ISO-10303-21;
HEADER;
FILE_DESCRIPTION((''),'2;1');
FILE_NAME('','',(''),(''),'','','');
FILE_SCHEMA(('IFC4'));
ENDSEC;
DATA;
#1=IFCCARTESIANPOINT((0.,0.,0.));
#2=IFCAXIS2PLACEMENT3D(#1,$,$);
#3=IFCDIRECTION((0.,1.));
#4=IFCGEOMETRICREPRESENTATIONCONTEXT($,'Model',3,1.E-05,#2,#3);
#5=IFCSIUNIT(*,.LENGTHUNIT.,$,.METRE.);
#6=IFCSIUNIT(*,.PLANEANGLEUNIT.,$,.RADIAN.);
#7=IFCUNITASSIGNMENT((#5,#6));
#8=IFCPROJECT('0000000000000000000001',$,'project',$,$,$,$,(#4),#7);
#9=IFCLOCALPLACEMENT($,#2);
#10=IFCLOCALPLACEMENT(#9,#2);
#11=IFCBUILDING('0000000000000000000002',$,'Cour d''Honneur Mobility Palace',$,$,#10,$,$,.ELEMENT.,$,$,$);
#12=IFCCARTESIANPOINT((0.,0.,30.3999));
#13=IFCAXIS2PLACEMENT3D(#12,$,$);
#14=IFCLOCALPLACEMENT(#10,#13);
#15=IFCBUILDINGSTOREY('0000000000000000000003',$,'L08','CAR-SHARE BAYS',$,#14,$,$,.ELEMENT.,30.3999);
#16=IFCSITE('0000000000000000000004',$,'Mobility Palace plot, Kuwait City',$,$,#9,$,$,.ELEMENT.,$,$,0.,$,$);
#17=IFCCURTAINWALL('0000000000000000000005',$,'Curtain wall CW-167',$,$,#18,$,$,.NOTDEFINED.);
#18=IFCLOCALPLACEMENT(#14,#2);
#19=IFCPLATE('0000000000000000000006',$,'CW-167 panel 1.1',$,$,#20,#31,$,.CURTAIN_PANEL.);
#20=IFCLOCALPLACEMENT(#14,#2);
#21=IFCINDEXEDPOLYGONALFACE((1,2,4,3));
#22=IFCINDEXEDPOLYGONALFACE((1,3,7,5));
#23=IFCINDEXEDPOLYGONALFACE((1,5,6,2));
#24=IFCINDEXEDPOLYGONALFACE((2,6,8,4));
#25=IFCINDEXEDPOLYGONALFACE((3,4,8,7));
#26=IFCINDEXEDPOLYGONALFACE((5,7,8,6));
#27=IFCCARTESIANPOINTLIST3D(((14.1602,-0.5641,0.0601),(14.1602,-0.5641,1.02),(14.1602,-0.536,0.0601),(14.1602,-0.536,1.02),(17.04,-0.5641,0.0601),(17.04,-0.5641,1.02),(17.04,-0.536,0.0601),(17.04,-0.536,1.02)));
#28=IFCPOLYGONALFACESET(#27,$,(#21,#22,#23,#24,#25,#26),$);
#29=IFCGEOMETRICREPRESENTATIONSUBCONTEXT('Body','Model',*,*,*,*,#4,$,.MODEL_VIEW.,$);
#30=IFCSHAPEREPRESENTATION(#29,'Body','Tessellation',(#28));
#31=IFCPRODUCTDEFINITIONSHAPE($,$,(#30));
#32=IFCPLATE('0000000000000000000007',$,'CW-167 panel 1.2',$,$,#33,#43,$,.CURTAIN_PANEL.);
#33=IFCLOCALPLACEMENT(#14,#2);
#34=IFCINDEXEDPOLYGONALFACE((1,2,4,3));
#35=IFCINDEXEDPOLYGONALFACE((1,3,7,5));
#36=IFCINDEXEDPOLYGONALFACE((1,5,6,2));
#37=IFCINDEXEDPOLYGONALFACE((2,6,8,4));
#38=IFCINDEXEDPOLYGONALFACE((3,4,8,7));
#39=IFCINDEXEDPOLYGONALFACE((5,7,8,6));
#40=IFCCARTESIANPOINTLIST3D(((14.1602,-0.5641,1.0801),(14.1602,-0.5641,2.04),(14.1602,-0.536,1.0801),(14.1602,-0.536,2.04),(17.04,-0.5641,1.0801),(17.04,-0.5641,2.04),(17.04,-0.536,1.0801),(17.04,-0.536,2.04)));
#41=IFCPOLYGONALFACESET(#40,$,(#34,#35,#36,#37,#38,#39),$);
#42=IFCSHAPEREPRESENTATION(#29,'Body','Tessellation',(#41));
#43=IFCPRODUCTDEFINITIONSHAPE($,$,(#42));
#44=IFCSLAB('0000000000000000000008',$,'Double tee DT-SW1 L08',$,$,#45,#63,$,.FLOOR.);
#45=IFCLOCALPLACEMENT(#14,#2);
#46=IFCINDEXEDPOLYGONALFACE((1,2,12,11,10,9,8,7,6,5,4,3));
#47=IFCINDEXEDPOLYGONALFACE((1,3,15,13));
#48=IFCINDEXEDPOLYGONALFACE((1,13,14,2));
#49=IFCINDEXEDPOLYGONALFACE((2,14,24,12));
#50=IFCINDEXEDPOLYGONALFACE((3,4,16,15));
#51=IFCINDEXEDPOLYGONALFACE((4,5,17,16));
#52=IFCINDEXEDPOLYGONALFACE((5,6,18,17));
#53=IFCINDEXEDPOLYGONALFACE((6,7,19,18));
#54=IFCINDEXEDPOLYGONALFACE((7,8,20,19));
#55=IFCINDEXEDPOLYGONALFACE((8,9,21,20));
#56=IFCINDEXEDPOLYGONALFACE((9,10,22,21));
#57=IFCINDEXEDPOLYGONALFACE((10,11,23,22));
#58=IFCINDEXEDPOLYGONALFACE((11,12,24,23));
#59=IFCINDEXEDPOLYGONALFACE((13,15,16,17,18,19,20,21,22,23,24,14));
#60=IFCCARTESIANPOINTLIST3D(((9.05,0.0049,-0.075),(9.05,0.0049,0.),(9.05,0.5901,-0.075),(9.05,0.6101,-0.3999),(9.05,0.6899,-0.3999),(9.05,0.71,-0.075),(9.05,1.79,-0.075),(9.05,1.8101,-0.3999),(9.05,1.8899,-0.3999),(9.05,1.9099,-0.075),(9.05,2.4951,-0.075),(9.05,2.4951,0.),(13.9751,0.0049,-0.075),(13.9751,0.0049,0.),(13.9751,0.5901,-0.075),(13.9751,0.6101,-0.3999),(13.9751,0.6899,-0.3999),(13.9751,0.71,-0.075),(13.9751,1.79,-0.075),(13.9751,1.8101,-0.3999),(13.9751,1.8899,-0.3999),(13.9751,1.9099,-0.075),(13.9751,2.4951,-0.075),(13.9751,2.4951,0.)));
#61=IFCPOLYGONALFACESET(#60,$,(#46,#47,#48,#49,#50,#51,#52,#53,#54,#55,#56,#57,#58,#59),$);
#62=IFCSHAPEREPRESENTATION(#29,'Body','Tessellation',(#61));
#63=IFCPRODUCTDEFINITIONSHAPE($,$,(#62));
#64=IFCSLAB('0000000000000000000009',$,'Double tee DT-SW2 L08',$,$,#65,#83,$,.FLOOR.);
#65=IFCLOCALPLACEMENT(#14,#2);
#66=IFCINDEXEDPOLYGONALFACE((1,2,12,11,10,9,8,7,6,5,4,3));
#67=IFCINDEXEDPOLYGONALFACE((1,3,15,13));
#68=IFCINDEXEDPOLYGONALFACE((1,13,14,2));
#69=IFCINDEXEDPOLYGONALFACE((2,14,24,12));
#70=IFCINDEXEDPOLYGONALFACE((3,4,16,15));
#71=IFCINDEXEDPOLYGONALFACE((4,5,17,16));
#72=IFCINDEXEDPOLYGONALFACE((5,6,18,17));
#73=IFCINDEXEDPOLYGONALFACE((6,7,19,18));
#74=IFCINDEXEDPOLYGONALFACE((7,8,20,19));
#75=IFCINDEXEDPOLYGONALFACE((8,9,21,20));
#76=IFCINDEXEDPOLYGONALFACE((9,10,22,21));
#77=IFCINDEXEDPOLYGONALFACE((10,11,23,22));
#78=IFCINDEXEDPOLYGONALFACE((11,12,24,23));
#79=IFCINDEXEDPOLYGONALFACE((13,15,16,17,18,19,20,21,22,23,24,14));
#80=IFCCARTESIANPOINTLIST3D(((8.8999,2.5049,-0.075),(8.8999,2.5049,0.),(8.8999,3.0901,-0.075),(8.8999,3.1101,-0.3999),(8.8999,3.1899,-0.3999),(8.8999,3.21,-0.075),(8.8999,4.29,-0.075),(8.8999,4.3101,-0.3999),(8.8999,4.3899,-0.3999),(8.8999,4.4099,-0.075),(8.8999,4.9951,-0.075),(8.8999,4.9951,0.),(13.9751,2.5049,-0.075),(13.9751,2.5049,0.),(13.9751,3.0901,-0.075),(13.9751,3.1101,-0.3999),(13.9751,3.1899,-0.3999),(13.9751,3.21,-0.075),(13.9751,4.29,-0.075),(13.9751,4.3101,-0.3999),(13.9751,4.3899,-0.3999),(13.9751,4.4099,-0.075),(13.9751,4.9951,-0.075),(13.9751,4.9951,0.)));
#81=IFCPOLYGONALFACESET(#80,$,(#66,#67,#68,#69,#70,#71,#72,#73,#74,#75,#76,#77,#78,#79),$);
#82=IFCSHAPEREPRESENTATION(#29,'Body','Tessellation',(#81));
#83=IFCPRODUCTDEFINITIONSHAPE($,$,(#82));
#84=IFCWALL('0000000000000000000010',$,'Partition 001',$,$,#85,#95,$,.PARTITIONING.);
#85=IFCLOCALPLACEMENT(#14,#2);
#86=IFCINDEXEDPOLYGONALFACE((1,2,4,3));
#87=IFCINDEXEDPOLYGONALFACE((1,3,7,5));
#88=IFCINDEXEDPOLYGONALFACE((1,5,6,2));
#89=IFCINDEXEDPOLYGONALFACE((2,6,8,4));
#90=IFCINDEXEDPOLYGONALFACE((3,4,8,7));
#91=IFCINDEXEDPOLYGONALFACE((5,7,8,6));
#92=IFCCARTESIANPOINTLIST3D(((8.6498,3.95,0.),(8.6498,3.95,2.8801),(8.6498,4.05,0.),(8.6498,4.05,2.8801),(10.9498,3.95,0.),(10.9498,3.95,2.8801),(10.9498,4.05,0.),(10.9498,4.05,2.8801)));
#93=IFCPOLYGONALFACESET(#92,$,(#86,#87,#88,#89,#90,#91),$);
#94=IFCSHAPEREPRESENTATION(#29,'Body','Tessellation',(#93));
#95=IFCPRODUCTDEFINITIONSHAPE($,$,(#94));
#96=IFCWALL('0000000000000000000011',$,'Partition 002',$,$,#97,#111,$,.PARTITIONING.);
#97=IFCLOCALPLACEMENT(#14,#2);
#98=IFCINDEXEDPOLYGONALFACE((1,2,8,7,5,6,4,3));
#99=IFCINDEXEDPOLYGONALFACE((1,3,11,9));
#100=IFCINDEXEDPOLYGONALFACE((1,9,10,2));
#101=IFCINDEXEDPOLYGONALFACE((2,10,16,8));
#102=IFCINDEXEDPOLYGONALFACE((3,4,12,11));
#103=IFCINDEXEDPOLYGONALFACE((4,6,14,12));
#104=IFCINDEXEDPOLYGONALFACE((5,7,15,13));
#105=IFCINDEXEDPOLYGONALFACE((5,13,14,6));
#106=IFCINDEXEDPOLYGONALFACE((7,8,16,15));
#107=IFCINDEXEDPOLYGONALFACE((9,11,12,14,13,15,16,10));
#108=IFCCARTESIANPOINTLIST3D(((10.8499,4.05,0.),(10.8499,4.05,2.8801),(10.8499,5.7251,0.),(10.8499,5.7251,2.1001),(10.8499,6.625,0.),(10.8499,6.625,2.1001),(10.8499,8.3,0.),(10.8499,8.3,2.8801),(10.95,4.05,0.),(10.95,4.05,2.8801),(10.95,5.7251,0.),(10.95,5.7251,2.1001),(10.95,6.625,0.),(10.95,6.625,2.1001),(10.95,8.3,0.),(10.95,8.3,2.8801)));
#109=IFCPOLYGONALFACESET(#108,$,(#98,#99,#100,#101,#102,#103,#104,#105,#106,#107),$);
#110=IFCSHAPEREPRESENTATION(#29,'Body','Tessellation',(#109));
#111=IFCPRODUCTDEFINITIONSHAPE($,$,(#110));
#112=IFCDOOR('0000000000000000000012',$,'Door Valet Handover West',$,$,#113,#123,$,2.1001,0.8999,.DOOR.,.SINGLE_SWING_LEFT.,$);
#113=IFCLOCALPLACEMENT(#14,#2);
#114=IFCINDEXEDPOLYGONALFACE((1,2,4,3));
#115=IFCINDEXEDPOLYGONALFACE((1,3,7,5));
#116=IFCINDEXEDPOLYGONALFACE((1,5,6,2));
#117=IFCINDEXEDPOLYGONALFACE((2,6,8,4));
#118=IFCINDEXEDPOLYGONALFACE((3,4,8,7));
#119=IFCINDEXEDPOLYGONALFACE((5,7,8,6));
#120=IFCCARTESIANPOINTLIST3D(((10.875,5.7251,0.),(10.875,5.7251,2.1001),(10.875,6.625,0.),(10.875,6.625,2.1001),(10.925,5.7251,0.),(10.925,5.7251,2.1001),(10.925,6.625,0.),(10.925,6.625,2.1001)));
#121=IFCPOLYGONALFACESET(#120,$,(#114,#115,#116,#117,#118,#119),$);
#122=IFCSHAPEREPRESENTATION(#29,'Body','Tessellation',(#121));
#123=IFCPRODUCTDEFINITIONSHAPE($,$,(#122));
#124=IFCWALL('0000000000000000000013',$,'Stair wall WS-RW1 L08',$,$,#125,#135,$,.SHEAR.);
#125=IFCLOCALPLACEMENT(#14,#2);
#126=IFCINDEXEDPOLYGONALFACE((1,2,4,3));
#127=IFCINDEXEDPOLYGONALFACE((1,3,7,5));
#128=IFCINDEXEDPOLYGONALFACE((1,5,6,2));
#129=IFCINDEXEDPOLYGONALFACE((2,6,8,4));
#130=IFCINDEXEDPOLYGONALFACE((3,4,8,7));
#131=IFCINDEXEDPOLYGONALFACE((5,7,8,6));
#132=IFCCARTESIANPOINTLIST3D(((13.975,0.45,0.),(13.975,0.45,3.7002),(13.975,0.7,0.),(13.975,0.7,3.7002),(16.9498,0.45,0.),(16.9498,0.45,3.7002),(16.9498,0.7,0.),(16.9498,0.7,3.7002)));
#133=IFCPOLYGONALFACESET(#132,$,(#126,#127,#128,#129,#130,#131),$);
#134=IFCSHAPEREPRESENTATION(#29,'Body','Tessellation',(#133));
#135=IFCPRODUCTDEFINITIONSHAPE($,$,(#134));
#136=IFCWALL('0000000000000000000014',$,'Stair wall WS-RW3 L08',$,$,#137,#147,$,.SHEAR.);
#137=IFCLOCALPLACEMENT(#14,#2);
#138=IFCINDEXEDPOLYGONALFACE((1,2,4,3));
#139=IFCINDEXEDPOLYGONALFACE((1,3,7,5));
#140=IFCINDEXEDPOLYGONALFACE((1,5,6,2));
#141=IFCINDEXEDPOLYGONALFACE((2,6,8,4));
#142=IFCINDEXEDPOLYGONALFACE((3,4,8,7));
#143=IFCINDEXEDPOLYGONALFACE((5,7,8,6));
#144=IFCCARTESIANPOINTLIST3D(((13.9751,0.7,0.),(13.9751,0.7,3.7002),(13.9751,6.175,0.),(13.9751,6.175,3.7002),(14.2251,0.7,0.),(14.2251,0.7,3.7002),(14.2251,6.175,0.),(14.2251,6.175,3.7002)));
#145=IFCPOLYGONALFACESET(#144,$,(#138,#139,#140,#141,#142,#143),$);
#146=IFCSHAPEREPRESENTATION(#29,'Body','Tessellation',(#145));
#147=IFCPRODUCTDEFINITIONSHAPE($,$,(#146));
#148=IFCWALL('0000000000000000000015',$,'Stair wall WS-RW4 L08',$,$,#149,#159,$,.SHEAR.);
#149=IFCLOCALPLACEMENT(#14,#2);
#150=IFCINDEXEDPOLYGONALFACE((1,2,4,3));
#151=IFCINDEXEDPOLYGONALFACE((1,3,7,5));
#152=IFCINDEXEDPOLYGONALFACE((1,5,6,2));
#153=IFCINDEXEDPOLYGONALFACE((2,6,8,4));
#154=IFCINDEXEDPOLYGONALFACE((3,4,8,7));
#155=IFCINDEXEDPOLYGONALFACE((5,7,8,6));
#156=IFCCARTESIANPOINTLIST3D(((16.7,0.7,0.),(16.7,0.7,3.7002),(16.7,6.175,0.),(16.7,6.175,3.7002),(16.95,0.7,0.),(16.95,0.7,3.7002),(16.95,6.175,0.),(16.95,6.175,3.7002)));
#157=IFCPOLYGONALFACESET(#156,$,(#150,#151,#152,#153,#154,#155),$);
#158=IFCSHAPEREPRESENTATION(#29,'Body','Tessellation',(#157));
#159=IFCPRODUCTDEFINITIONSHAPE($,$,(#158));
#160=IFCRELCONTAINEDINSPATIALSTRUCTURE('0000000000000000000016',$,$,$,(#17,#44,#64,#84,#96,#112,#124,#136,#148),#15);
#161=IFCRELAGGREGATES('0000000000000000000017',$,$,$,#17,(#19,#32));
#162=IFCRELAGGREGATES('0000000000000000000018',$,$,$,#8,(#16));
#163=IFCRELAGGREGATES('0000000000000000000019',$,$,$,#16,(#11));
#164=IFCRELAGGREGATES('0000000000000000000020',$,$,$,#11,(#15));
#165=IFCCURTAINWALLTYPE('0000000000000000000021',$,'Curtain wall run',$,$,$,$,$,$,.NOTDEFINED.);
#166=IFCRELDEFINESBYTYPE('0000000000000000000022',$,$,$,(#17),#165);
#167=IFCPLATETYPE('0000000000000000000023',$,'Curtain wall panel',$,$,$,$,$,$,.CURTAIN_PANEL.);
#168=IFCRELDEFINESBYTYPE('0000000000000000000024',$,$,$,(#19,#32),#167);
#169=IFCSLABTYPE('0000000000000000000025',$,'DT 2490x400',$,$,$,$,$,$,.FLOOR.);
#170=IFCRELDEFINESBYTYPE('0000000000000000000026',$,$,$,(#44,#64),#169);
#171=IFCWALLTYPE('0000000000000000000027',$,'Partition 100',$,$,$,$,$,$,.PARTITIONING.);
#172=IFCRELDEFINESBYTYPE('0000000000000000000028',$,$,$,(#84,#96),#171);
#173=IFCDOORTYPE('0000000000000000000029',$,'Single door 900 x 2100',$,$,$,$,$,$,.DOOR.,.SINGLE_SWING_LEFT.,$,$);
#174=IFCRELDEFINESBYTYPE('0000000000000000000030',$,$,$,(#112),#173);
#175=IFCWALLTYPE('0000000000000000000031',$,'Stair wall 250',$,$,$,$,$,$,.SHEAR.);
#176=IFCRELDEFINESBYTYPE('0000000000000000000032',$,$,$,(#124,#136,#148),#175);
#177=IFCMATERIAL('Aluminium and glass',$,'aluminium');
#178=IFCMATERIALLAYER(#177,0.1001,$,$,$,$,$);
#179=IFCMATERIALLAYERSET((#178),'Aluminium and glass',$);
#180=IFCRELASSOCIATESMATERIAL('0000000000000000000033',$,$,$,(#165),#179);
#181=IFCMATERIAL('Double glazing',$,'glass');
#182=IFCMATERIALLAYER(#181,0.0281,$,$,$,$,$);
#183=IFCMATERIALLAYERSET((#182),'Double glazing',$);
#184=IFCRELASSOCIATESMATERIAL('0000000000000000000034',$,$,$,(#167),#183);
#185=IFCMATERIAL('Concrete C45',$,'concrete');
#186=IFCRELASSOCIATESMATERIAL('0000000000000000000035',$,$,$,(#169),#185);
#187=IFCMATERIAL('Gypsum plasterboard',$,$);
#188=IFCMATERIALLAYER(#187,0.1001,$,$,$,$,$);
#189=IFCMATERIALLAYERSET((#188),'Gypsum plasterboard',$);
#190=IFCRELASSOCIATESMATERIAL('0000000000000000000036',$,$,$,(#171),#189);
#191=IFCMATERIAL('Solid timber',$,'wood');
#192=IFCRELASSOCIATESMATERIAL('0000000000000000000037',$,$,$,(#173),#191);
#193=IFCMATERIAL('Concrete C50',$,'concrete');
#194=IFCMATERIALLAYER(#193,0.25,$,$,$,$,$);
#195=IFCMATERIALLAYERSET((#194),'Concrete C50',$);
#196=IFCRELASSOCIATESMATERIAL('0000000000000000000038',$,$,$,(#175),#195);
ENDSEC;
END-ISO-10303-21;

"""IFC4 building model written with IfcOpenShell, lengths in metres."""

from ifc_helpers import new_model, si_unit, direction, frame, frame_2d, origin, origin_2d, place, context, subcontext, project, spatial, polyline, rectangle, outline, extrude, material, layer, layer_set, material_profile, profile_set, type_object, element, fill, aggregate, save


model = new_model("IFC4")

# Units and contexts
model_context = context("Model", 3, precision=1e-05, world=origin(), true_north=direction((0.0, 1.0)))
body_context = subcontext(model_context, "Body", "Model", "MODEL_VIEW")
ifc_project = project(units=[si_unit("LENGTHUNIT", "METRE"), si_unit("PLANEANGLEUNIT", "RADIAN")], contexts=[model_context])

# Site, building, storey
site_placement = place(None, origin())
site = spatial("IfcSite", under=ifc_project, at=site_placement, Name="Mobility Palace plot, Kuwait City", CompositionType="ELEMENT", RefElevation=0.0)
building_placement = place(site_placement, origin())
building = spatial("IfcBuilding", under=site, at=building_placement, Name="Cour d'Honneur Mobility Palace", CompositionType="ELEMENT")
storey_placement = place(building_placement, frame((0.0, 0.0, 30.3999)))
storey = spatial("IfcBuildingStorey", under=building, at=storey_placement, Name="L08", Description="CAR-SHARE BAYS", CompositionType="ELEMENT", Elevation=30.3999)

# Curtain wall
ifc_material_1 = material(Name="Aluminium and glass", Category="aluminium")
ifc_layer_1 = layer(ifc_material_1, 0.1001)
ifc_layer_set_1 = layer_set([ifc_layer_1], Name="Aluminium and glass")
curtain_wall_type = type_object("IfcCurtainWallType", Name="Curtain wall run", PredefinedType="NOTDEFINED", material=ifc_layer_set_1)
curtain_wall_placement = place(storey_placement, origin())
curtain_wall = element("IfcCurtainWall", 1, at=curtain_wall_placement, inside=storey, type_object=curtain_wall_type, Name="Curtain wall CW-167", PredefinedType="NOTDEFINED")

# Plates
ifc_material_2 = material(Name="Double glazing", Category="glass")
ifc_layer_2 = layer(ifc_material_2, 0.0281)
ifc_layer_set_2 = layer_set([ifc_layer_2], Name="Double glazing")
plate_type = type_object("IfcPlateType", Name="Curtain wall panel", PredefinedType="CURTAIN_PANEL", material=ifc_layer_set_2)
plate_1_placement = place(storey_placement, frame((15.6001, -0.55, 0.0601), z_axis=(0.0, 0.0, 1.0), x_axis=(1.0, 0.0, 0.0)))
plate_1 = element("IfcPlate", 2, at=plate_1_placement, type_object=plate_type, Name="CW-167 panel 1.1", PredefinedType="CURTAIN_PANEL", context=body_context, shape_type="SweptSolid", body=[
    extrude(rectangle(XDim=2.8799, YDim=0.0281, at=origin_2d()), origin(), (0.0, 0.0, 1.0), 0.96),
])
plate_2_placement = place(storey_placement, frame((15.6001, -0.55, 1.0801), z_axis=(0.0, 0.0, 1.0), x_axis=(1.0, 0.0, 0.0)))
plate_2 = element("IfcPlate", 3, at=plate_2_placement, type_object=plate_type, Name="CW-167 panel 1.2", PredefinedType="CURTAIN_PANEL", context=body_context, shape_type="SweptSolid", body=[
    extrude(rectangle(XDim=2.8799, YDim=0.0281, at=origin_2d()), origin(), (0.0, 0.0, 1.0), 0.96),
])
aggregate(curtain_wall, [plate_1, plate_2])

# Slabs
ifc_material_3 = material(Name="Concrete C45", Category="concrete")
ifc_material_profile_1 = material_profile(ifc_material_3, outline(polyline([(-1.2451, 0.0), (1.2451, 0.0), (1.2451, -0.075), (0.6599, -0.075), (0.6399, -0.3999), (0.5601, -0.3999), (0.54, -0.075), (-0.54, -0.075), (-0.5601, -0.3999), (-0.6399, -0.3999), (-0.6599, -0.075), (-1.2451, -0.075), (-1.2451, 0.0)])), Name="DT 2490x400")
ifc_profile_set_1 = profile_set([ifc_material_profile_1], Name="Concrete C45")
slab_type = type_object("IfcSlabType", Name="DT 2490x400", PredefinedType="FLOOR", material=ifc_profile_set_1)
slab_1_placement = place(storey_placement, frame((9.05, 1.25, 0.0), z_axis=(1.0, 0.0, 0.0), x_axis=(0.0, 1.0, 0.0)))
element("IfcSlab", 4, at=slab_1_placement, inside=storey, type_object=slab_type, Name="Double tee DT-SW1 L08", PredefinedType="FLOOR", context=body_context, shape_type="SweptSolid", body=[
    extrude(outline(polyline([(-1.2451, 0.0), (1.2451, 0.0), (1.2451, -0.075), (0.6599, -0.075), (0.6399, -0.3999), (0.5601, -0.3999), (0.54, -0.075), (-0.54, -0.075), (-0.5601, -0.3999), (-0.6399, -0.3999), (-0.6599, -0.075), (-1.2451, -0.075), (-1.2451, 0.0)])), origin(), (0.0, 0.0, 1.0), 4.925),
])
slab_2_placement = place(storey_placement, frame((8.8999, 3.75, 0.0), z_axis=(1.0, 0.0, 0.0), x_axis=(0.0, 1.0, 0.0)))
element("IfcSlab", 5, at=slab_2_placement, inside=storey, type_object=slab_type, Name="Double tee DT-SW2 L08", PredefinedType="FLOOR", context=body_context, shape_type="SweptSolid", body=[
    extrude(outline(polyline([(-1.2451, 0.0), (1.2451, 0.0), (1.2451, -0.075), (0.6599, -0.075), (0.6399, -0.3999), (0.5601, -0.3999), (0.54, -0.075), (-0.54, -0.075), (-0.5601, -0.3999), (-0.6399, -0.3999), (-0.6599, -0.075), (-1.2451, -0.075), (-1.2451, 0.0)])), origin(), (0.0, 0.0, 1.0), 5.0752),
])

# Wall
ifc_material_4 = material(Name="Gypsum plasterboard")
ifc_layer_3 = layer(ifc_material_4, 0.1001)
ifc_layer_set_3 = layer_set([ifc_layer_3], Name="Gypsum plasterboard")
wall_type_1 = type_object("IfcWallType", Name="Partition 100", PredefinedType="PARTITIONING", material=ifc_layer_set_3)
wall_1_placement = place(storey_placement, frame((8.6499, 4.0, 0.0), z_axis=(0.0, 0.0, 1.0), x_axis=(1.0, 0.0, 0.0)))
element("IfcWall", 6, at=wall_1_placement, inside=storey, type_object=wall_type_1, Name="Partition 001", PredefinedType="PARTITIONING", context=body_context, shape_type="SweptSolid", body=[
    extrude(rectangle(XDim=2.3, YDim=0.1001, at=frame_2d((1.1499, 0.0))), origin(), (0.0, 0.0, 1.0), 2.8801),
])

# Wall, opening, door
wall_2_placement = place(storey_placement, frame((10.8999, 4.05, 0.0), z_axis=(0.0, 0.0, 1.0), x_axis=(0.0, 1.0, 0.0)))
wall_2 = element("IfcWall", 7, at=wall_2_placement, inside=storey, type_object=wall_type_1, Name="Partition 002", PredefinedType="PARTITIONING", context=body_context, shape_type="SweptSolid", body=[
    extrude(rectangle(XDim=4.25, YDim=0.1001, at=frame_2d((2.125, 0.0))), origin(), (0.0, 0.0, 1.0), 2.8801),
])
opening_placement = place(wall_2_placement, frame((1.675, 0.0, 0.0)))
opening = element("IfcOpeningElement", 8, at=opening_placement, cuts=wall_2, PredefinedType="OPENING", context=body_context, shape_type="SweptSolid", body=[
    extrude(rectangle(XDim=0.8999, YDim=2.1001, at=frame_2d((0.45, 1.05))), frame((0.0, 0.0601, 0.0), z_axis=(0.0, -1.0, 0.0), x_axis=(1.0, 0.0, 0.0)), (0.0, 0.0, 1.0), 0.1201),
])
ifc_material_5 = material(Name="Solid timber", Category="wood")
door_type = type_object("IfcDoorType", Name="Single door 900 x 2100", OperationType="SINGLE_SWING_LEFT", PredefinedType="DOOR", material=ifc_material_5)
door_placement = place(opening_placement, origin())
door = element("IfcDoor", 9, at=door_placement, inside=storey, type_object=door_type, Name="Door Valet Handover West", OperationType="SINGLE_SWING_LEFT", OverallHeight=2.1001, OverallWidth=0.8999, PredefinedType="DOOR", context=body_context, shape_type="SweptSolid", body=[
    extrude(rectangle(XDim=0.8999, YDim=2.1001, at=frame_2d((0.45, 1.05))), frame((0.0, 0.0249, 0.0), z_axis=(0.0, -1.0, 0.0), x_axis=(1.0, 0.0, 0.0)), (0.0, 0.0, 1.0), 0.05),
])
fill(opening, door)

# Walls
ifc_material_6 = material(Name="Concrete C50", Category="concrete")
ifc_layer_4 = layer(ifc_material_6, 0.25)
ifc_layer_set_4 = layer_set([ifc_layer_4], Name="Concrete C50")
wall_type_2 = type_object("IfcWallType", Name="Stair wall 250", PredefinedType="SHEAR", material=ifc_layer_set_4)
wall_3_placement = place(storey_placement, frame((13.9751, 0.575, 0.0), z_axis=(0.0, 0.0, 1.0), x_axis=(1.0, 0.0, 0.0)))
element("IfcWall", 10, at=wall_3_placement, inside=storey, type_object=wall_type_2, Name="Stair wall WS-RW1 L08", PredefinedType="SHEAR", context=body_context, shape_type="SweptSolid", body=[
    extrude(rectangle(XDim=2.9749, YDim=0.25, at=frame_2d((1.4873, 0.0))), origin(), (0.0, 0.0, 1.0), 3.7002),
])
for number, where, z_axis, x_axis, name in (
    (11, (14.1001, 0.7, 0.0), (0.0, 0.0, 1.0), (0.0, 1.0, 0.0), "Stair wall WS-RW3 L08"),
    (12, (16.825, 0.7, 0.0), (0.0, 0.0, 1.0), (0.0, 1.0, 0.0), "Stair wall WS-RW4 L08"),
):
    element("IfcWall", number, at=place(storey_placement, frame(where, z_axis=z_axis, x_axis=x_axis)), inside=storey, type_object=wall_type_2, Name=name, PredefinedType="SHEAR", context=body_context, shape_type="SweptSolid", body=[
        extrude(rectangle(XDim=5.4751, YDim=0.25, at=frame_2d((2.7375, 0.0))), origin(), (0.0, 0.0, 1.0), 3.7002),
    ])

save(model, "model.ifc")
